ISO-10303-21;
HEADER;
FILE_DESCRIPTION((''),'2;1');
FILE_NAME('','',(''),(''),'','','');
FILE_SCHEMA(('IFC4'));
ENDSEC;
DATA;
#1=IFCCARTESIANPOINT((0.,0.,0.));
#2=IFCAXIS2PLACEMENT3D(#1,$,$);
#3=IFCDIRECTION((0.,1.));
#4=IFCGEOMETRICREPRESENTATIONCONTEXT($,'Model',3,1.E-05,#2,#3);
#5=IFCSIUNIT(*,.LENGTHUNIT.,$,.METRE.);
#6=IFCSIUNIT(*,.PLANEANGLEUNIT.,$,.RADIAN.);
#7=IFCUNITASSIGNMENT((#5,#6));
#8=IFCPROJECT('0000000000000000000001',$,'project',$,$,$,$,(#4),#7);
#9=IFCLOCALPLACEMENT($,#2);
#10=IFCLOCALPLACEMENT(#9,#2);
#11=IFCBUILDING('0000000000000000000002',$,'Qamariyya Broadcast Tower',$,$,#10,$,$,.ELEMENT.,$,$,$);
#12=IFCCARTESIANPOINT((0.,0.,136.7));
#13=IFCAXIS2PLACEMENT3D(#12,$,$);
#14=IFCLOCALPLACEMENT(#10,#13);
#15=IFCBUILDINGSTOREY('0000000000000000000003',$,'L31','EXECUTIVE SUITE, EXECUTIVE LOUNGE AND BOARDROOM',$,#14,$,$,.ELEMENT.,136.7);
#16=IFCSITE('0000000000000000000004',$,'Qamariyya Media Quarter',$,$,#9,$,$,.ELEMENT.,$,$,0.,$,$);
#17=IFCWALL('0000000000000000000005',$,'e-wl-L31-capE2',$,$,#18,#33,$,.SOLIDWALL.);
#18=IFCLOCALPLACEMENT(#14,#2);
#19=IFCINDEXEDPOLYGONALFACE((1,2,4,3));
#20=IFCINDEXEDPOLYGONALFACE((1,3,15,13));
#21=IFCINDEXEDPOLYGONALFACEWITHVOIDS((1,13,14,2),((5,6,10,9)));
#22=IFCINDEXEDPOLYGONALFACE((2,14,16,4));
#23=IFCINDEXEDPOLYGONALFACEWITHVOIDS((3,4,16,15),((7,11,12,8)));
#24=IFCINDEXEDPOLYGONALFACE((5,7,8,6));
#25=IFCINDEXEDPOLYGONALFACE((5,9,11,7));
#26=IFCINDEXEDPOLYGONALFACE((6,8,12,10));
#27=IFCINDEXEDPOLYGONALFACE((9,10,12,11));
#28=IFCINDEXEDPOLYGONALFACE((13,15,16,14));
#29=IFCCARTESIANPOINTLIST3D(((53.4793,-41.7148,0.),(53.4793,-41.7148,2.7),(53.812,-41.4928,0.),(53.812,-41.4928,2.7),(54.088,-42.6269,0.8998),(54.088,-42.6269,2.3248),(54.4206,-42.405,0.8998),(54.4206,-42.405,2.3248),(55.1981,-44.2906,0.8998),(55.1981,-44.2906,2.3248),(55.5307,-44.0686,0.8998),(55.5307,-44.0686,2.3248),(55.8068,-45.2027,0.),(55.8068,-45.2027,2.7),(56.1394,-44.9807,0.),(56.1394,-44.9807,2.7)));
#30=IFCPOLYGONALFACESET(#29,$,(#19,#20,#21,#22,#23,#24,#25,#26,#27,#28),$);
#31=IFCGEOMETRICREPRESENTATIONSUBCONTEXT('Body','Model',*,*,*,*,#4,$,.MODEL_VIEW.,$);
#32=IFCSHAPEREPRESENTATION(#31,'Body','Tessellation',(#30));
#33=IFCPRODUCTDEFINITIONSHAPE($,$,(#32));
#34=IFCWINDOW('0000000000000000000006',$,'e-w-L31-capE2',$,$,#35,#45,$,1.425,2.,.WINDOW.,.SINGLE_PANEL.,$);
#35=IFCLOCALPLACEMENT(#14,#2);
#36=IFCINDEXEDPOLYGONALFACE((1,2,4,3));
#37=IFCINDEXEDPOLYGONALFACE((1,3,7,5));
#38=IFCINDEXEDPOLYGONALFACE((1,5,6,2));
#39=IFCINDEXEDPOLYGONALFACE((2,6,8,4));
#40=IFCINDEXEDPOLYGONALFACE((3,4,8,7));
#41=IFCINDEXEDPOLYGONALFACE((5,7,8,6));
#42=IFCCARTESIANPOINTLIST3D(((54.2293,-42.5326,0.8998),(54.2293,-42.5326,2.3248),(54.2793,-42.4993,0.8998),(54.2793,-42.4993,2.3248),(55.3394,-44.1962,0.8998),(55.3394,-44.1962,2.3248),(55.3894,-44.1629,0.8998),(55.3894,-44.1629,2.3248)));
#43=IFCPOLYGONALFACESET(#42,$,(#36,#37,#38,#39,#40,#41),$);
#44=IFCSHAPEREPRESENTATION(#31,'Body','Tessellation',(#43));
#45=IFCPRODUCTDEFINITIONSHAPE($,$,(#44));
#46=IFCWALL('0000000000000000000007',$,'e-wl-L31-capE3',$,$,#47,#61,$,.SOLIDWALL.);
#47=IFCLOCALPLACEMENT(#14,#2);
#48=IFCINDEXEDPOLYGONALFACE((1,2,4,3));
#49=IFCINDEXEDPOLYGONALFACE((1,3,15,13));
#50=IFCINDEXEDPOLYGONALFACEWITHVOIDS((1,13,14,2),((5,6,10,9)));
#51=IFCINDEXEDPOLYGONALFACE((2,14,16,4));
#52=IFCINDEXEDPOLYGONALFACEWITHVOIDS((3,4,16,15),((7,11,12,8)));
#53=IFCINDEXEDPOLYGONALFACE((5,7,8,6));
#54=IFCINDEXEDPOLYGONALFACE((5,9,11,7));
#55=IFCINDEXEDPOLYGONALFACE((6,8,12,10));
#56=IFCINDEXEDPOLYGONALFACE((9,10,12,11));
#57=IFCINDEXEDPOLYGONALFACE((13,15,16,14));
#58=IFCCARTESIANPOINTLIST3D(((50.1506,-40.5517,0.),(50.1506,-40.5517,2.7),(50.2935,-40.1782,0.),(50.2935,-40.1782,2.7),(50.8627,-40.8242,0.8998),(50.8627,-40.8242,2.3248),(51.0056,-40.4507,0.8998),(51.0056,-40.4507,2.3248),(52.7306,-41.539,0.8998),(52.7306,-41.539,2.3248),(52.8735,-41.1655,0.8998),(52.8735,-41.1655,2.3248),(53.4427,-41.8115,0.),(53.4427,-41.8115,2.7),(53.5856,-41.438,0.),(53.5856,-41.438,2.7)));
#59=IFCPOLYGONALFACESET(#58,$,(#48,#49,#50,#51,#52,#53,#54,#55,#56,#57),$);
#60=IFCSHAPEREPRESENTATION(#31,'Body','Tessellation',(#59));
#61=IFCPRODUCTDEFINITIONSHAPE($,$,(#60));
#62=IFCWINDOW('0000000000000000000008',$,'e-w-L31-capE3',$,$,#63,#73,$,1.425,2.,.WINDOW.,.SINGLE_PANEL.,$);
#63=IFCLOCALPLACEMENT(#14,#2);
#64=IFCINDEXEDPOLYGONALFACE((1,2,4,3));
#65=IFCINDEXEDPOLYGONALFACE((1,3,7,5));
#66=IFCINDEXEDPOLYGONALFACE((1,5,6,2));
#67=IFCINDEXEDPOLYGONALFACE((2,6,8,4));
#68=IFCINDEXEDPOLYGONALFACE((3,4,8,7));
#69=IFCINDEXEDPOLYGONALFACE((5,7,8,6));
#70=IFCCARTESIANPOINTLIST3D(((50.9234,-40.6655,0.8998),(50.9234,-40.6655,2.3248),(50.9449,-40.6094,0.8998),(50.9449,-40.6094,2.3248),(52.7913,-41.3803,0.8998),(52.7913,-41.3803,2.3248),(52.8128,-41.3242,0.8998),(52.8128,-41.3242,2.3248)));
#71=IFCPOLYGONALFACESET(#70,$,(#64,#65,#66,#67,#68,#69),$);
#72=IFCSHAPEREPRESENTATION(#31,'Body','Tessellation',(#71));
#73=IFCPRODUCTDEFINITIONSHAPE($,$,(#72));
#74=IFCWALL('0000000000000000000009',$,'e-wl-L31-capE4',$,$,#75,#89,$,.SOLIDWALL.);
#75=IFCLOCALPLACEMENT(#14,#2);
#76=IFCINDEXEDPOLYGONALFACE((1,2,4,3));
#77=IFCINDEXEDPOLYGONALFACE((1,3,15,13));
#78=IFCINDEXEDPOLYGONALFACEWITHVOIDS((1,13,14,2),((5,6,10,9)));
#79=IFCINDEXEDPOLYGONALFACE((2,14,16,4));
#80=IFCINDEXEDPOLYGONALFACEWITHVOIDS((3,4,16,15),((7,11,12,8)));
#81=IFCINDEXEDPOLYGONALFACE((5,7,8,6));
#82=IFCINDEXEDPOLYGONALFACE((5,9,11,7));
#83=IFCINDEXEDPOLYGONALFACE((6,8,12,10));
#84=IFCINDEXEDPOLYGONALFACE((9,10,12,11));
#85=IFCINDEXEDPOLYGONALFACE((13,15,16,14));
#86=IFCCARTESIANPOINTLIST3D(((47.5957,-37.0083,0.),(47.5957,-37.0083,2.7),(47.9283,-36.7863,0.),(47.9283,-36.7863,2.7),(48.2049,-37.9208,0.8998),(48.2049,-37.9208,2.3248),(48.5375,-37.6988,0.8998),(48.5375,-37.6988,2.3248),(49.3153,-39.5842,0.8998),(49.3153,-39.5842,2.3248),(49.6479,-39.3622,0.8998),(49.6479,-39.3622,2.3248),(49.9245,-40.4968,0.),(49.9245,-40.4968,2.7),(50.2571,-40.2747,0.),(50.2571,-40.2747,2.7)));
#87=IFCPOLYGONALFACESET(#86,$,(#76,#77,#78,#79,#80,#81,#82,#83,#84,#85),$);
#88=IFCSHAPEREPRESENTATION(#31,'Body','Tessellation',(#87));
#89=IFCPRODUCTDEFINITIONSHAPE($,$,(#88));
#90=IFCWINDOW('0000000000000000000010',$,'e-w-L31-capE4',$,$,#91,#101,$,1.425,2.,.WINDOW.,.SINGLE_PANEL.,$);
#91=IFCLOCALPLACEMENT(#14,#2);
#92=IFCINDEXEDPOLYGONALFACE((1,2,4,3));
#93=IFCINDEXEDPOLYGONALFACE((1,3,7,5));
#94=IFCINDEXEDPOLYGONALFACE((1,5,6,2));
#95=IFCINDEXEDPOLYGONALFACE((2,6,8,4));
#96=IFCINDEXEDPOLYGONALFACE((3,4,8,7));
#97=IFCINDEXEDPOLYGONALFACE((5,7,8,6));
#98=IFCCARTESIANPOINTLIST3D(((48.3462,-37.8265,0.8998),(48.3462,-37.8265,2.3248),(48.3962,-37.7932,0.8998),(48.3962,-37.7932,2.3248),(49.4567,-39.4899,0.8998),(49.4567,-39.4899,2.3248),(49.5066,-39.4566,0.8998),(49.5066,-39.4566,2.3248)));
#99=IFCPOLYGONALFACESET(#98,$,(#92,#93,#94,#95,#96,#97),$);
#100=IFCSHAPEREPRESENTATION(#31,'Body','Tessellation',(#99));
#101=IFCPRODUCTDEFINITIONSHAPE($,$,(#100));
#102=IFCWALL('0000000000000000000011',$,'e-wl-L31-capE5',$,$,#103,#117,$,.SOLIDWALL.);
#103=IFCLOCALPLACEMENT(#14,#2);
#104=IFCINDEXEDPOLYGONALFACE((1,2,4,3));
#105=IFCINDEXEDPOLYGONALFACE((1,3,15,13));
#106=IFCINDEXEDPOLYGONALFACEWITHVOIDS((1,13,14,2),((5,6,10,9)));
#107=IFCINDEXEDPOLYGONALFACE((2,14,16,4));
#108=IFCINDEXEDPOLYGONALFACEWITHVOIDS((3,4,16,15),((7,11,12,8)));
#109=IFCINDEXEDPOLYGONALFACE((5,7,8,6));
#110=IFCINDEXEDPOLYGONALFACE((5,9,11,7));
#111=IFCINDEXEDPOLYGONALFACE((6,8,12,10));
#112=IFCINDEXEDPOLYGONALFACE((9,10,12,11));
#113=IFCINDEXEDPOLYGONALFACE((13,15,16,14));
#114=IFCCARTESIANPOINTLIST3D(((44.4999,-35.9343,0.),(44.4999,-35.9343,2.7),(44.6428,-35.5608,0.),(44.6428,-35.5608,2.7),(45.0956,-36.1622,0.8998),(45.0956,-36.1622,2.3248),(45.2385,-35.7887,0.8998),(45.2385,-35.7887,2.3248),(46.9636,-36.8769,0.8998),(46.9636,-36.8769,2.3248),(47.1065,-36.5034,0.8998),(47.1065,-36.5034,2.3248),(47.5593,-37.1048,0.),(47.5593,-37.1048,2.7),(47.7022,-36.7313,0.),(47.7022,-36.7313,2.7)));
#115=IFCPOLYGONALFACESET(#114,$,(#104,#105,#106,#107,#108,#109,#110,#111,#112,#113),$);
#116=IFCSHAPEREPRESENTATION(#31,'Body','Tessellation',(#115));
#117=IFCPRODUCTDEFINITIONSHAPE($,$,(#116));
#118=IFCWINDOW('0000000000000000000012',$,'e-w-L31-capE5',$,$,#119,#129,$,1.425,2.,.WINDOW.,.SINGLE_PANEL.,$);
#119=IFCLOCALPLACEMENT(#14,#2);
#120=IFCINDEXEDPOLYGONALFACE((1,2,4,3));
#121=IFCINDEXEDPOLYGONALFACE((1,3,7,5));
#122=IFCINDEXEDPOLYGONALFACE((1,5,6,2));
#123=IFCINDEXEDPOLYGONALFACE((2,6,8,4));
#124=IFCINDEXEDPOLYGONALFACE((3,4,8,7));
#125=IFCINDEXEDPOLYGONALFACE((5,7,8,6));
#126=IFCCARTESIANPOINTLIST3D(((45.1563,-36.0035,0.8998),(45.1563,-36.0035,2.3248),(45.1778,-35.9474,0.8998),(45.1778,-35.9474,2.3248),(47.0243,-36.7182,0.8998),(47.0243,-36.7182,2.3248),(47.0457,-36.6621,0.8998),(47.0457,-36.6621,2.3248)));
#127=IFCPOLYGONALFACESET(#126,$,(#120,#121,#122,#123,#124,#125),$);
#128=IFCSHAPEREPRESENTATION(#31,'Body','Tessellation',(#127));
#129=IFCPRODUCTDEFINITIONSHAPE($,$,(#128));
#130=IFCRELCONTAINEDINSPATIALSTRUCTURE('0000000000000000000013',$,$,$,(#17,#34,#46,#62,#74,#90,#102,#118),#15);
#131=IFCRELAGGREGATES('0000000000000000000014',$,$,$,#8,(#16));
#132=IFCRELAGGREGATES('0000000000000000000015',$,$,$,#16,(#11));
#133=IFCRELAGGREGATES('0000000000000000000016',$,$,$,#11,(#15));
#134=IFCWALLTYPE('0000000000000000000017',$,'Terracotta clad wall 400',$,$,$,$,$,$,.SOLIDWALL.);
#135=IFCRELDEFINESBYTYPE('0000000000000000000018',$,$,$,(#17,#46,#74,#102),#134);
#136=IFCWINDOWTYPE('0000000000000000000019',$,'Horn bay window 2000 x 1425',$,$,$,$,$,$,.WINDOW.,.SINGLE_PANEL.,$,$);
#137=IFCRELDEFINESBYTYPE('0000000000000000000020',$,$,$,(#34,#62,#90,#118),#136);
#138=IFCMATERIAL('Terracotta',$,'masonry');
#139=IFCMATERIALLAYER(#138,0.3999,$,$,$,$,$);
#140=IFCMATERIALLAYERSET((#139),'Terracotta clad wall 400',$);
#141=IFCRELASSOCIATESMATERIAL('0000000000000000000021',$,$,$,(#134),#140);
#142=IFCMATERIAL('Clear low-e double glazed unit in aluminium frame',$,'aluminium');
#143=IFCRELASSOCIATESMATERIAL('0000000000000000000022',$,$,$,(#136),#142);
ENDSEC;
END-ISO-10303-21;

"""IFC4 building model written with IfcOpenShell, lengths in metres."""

from ifc_helpers import new_model, si_unit, direction, frame, frame_2d, origin, place, context, subcontext, project, spatial, rectangle, extrude, material, layer, layer_set, type_object, element, fill, save


model = new_model("IFC4")

# Units and contexts
model_context = context("Model", 3, precision=1e-05, world=origin(), true_north=direction((0.0, 1.0)))
body_context = subcontext(model_context, "Body", "Model", "MODEL_VIEW")
ifc_project = project(units=[si_unit("LENGTHUNIT", "METRE"), si_unit("PLANEANGLEUNIT", "RADIAN")], contexts=[model_context])

# Site, building, storey
site_placement = place(None, origin())
site = spatial("IfcSite", under=ifc_project, at=site_placement, Name="Qamariyya Media Quarter", CompositionType="ELEMENT", RefElevation=0.0)
building_placement = place(site_placement, origin())
building = spatial("IfcBuilding", under=site, at=building_placement, Name="Qamariyya Broadcast Tower", CompositionType="ELEMENT")
storey_placement = place(building_placement, frame((0.0, 0.0, 136.7)))
storey = spatial("IfcBuildingStorey", under=building, at=storey_placement, Name="L31", Description="EXECUTIVE SUITE, EXECUTIVE LOUNGE AND BOARDROOM", CompositionType="ELEMENT", Elevation=136.7)

# Walls, openings, windows
ifc_material_1 = material(Name="Terracotta", Category="masonry")
ifc_layer = layer(ifc_material_1, 0.3999)
ifc_layer_set = layer_set([ifc_layer], Name="Terracotta clad wall 400")
wall_type = type_object("IfcWallType", Name="Terracotta clad wall 400", PredefinedType="SOLIDWALL", material=ifc_layer_set)
ifc_material_2 = material(Name="Clear low-e double glazed unit in aluminium frame", Category="aluminium")
window_type_1 = type_object("IfcWindowType", Name="Horn bay window 2000 x 1425", PartitioningType="SINGLE_PANEL", PredefinedType="WINDOW", material=ifc_material_2)
wall_1_placement = place(storey_placement, frame((55.9731, -45.0918, 0.0), z_axis=(0.0, 0.0, 1.0), x_axis=(-0.555063, 0.831808, 0.0)))
wall_1 = element("IfcWall", 1, at=wall_1_placement, inside=storey, type_object=wall_type, Name="e-wl-L31-capE2", PredefinedType="SOLIDWALL", context=body_context, shape_type="SweptSolid", body=[
    extrude(rectangle(XDim=4.1931, YDim=0.3999, at=frame_2d((2.0967, 0.0))), origin(), (0.0, 0.0, 1.0), 2.7),
])
opening_1_placement = place(wall_1_placement, frame((1.0967, 0.0, 0.8999)))
opening_1 = element("IfcOpeningElement", 2, at=opening_1_placement, cuts=wall_1, PredefinedType="OPENING", context=body_context, shape_type="SweptSolid", body=[
    extrude(rectangle(XDim=2.0, YDim=1.425, at=frame_2d((1.0, 0.7124))), frame((0.0, 0.21, 0.0), z_axis=(0.0, -1.0, 0.0), x_axis=(1.0, 0.0, 0.0)), (0.0, 0.0, 1.0), 0.4199),
])
window_1_placement = place(opening_1_placement, origin())
window_1 = element("IfcWindow", 3, at=window_1_placement, inside=storey, type_object=window_type_1, Name="e-w-L31-capE2", OverallHeight=1.425, OverallWidth=2.0, PartitioningType="SINGLE_PANEL", PredefinedType="WINDOW", context=body_context, shape_type="SweptSolid", body=[
    extrude(rectangle(XDim=2.0, YDim=1.425, at=frame_2d((1.0, 0.7124))), frame((0.0, 0.03, 0.0), z_axis=(0.0, -1.0, 0.0), x_axis=(1.0, 0.0, 0.0)), (0.0, 0.0, 1.0), 0.0601),
])
fill(opening_1, window_1)
wall_2_placement = place(storey_placement, frame((53.5142, -41.6248, 0.0), z_axis=(0.0, 0.0, 1.0), x_axis=(-0.933951, 0.3574, 0.0)))
wall_2 = element("IfcWall", 4, at=wall_2_placement, inside=storey, type_object=wall_type, Name="e-wl-L31-capE3", PredefinedType="SOLIDWALL", context=body_context, shape_type="SweptSolid", body=[
    extrude(rectangle(XDim=3.5249, YDim=0.3999, at=frame_2d((1.7625, 0.0))), origin(), (0.0, 0.0, 1.0), 2.7),
])
opening_2_placement = place(wall_2_placement, frame((0.7625, 0.0, 0.8999)))
opening_2 = element("IfcOpeningElement", 5, at=opening_2_placement, cuts=wall_2, PredefinedType="OPENING", context=body_context, shape_type="SweptSolid", body=[
    extrude(rectangle(XDim=2.0, YDim=1.425, at=frame_2d((1.0, 0.7124))), frame((0.0, 0.21, 0.0), z_axis=(0.0, -1.0, 0.0), x_axis=(1.0, 0.0, 0.0)), (0.0, 0.0, 1.0), 0.4199),
])
window_2_placement = place(opening_2_placement, origin())
window_2 = element("IfcWindow", 6, at=window_2_placement, inside=storey, type_object=window_type_1, Name="e-w-L31-capE3", OverallHeight=1.425, OverallWidth=2.0, PartitioningType="SINGLE_PANEL", PredefinedType="WINDOW", context=body_context, shape_type="SweptSolid", body=[
    extrude(rectangle(XDim=2.0, YDim=1.425, at=frame_2d((1.0, 0.7124))), frame((0.0, 0.03, 0.0), z_axis=(0.0, -1.0, 0.0), x_axis=(1.0, 0.0, 0.0)), (0.0, 0.0, 1.0), 0.0601),
])
fill(opening_2, window_2)
wall_3_placement = place(storey_placement, frame((50.0908, -40.3857, 0.0), z_axis=(0.0, 0.0, 1.0), x_axis=(-0.555224, 0.831701, 0.0)))
wall_3 = element("IfcWall", 7, at=wall_3_placement, inside=storey, type_object=wall_type, Name="e-wl-L31-capE4", PredefinedType="SOLIDWALL", context=body_context, shape_type="SweptSolid", body=[
    extrude(rectangle(XDim=4.1943, YDim=0.3999, at=frame_2d((2.0972, 0.0))), origin(), (0.0, 0.0, 1.0), 2.7),
])
opening_3_placement = place(wall_3_placement, frame((1.0972, 0.0, 0.8999)))
opening_3 = element("IfcOpeningElement", 8, at=opening_3_placement, cuts=wall_3, PredefinedType="OPENING", context=body_context, shape_type="SweptSolid", body=[
    extrude(rectangle(XDim=2.0, YDim=1.425, at=frame_2d((1.0, 0.7124))), frame((0.0, 0.21, 0.0), z_axis=(0.0, -1.0, 0.0), x_axis=(1.0, 0.0, 0.0)), (0.0, 0.0, 1.0), 0.4199),
])
window_3_placement = place(opening_3_placement, origin())
window_3 = element("IfcWindow", 9, at=window_3_placement, inside=storey, type_object=window_type_1, Name="e-w-L31-capE4", OverallHeight=1.425, OverallWidth=2.0, PartitioningType="SINGLE_PANEL", PredefinedType="WINDOW", context=body_context, shape_type="SweptSolid", body=[
    extrude(rectangle(XDim=2.0, YDim=1.425, at=frame_2d((1.0, 0.7124))), frame((0.0, 0.03, 0.0), z_axis=(0.0, -1.0, 0.0), x_axis=(1.0, 0.0, 0.0)), (0.0, 0.0, 1.0), 0.0601),
])
fill(opening_3, window_3)
wall_4_placement = place(storey_placement, frame((47.6306, -36.918, 0.0), z_axis=(0.0, 0.0, 1.0), x_axis=(-0.933984, 0.357315, 0.0)))
wall_4 = element("IfcWall", 10, at=wall_4_placement, inside=storey, type_object=wall_type, Name="e-wl-L31-capE5", PredefinedType="SOLIDWALL", context=body_context, shape_type="SweptSolid", body=[
    extrude(rectangle(XDim=3.2756, YDim=0.3999, at=frame_2d((1.6377, 0.0))), origin(), (0.0, 0.0, 1.0), 2.7),
])
opening_4_placement = place(wall_4_placement, frame((0.6377, 0.0, 0.8999)))
opening_4 = element("IfcOpeningElement", 11, at=opening_4_placement, cuts=wall_4, PredefinedType="OPENING", context=body_context, shape_type="SweptSolid", body=[
    extrude(rectangle(XDim=2.0, YDim=1.425, at=frame_2d((1.0, 0.7124))), frame((0.0, 0.21, 0.0), z_axis=(0.0, -1.0, 0.0), x_axis=(1.0, 0.0, 0.0)), (0.0, 0.0, 1.0), 0.4199),
])
window_4_placement = place(opening_4_placement, origin())
window_4 = element("IfcWindow", 12, at=window_4_placement, inside=storey, type_object=window_type_1, Name="e-w-L31-capE5", OverallHeight=1.425, OverallWidth=2.0, PartitioningType="SINGLE_PANEL", PredefinedType="WINDOW", context=body_context, shape_type="SweptSolid", body=[
    extrude(rectangle(XDim=2.0, YDim=1.425, at=frame_2d((1.0, 0.7124))), frame((0.0, 0.03, 0.0), z_axis=(0.0, -1.0, 0.0), x_axis=(1.0, 0.0, 0.0)), (0.0, 0.0, 1.0), 0.0601),
])
fill(opening_4, window_4)

save(model, "model.ifc")
